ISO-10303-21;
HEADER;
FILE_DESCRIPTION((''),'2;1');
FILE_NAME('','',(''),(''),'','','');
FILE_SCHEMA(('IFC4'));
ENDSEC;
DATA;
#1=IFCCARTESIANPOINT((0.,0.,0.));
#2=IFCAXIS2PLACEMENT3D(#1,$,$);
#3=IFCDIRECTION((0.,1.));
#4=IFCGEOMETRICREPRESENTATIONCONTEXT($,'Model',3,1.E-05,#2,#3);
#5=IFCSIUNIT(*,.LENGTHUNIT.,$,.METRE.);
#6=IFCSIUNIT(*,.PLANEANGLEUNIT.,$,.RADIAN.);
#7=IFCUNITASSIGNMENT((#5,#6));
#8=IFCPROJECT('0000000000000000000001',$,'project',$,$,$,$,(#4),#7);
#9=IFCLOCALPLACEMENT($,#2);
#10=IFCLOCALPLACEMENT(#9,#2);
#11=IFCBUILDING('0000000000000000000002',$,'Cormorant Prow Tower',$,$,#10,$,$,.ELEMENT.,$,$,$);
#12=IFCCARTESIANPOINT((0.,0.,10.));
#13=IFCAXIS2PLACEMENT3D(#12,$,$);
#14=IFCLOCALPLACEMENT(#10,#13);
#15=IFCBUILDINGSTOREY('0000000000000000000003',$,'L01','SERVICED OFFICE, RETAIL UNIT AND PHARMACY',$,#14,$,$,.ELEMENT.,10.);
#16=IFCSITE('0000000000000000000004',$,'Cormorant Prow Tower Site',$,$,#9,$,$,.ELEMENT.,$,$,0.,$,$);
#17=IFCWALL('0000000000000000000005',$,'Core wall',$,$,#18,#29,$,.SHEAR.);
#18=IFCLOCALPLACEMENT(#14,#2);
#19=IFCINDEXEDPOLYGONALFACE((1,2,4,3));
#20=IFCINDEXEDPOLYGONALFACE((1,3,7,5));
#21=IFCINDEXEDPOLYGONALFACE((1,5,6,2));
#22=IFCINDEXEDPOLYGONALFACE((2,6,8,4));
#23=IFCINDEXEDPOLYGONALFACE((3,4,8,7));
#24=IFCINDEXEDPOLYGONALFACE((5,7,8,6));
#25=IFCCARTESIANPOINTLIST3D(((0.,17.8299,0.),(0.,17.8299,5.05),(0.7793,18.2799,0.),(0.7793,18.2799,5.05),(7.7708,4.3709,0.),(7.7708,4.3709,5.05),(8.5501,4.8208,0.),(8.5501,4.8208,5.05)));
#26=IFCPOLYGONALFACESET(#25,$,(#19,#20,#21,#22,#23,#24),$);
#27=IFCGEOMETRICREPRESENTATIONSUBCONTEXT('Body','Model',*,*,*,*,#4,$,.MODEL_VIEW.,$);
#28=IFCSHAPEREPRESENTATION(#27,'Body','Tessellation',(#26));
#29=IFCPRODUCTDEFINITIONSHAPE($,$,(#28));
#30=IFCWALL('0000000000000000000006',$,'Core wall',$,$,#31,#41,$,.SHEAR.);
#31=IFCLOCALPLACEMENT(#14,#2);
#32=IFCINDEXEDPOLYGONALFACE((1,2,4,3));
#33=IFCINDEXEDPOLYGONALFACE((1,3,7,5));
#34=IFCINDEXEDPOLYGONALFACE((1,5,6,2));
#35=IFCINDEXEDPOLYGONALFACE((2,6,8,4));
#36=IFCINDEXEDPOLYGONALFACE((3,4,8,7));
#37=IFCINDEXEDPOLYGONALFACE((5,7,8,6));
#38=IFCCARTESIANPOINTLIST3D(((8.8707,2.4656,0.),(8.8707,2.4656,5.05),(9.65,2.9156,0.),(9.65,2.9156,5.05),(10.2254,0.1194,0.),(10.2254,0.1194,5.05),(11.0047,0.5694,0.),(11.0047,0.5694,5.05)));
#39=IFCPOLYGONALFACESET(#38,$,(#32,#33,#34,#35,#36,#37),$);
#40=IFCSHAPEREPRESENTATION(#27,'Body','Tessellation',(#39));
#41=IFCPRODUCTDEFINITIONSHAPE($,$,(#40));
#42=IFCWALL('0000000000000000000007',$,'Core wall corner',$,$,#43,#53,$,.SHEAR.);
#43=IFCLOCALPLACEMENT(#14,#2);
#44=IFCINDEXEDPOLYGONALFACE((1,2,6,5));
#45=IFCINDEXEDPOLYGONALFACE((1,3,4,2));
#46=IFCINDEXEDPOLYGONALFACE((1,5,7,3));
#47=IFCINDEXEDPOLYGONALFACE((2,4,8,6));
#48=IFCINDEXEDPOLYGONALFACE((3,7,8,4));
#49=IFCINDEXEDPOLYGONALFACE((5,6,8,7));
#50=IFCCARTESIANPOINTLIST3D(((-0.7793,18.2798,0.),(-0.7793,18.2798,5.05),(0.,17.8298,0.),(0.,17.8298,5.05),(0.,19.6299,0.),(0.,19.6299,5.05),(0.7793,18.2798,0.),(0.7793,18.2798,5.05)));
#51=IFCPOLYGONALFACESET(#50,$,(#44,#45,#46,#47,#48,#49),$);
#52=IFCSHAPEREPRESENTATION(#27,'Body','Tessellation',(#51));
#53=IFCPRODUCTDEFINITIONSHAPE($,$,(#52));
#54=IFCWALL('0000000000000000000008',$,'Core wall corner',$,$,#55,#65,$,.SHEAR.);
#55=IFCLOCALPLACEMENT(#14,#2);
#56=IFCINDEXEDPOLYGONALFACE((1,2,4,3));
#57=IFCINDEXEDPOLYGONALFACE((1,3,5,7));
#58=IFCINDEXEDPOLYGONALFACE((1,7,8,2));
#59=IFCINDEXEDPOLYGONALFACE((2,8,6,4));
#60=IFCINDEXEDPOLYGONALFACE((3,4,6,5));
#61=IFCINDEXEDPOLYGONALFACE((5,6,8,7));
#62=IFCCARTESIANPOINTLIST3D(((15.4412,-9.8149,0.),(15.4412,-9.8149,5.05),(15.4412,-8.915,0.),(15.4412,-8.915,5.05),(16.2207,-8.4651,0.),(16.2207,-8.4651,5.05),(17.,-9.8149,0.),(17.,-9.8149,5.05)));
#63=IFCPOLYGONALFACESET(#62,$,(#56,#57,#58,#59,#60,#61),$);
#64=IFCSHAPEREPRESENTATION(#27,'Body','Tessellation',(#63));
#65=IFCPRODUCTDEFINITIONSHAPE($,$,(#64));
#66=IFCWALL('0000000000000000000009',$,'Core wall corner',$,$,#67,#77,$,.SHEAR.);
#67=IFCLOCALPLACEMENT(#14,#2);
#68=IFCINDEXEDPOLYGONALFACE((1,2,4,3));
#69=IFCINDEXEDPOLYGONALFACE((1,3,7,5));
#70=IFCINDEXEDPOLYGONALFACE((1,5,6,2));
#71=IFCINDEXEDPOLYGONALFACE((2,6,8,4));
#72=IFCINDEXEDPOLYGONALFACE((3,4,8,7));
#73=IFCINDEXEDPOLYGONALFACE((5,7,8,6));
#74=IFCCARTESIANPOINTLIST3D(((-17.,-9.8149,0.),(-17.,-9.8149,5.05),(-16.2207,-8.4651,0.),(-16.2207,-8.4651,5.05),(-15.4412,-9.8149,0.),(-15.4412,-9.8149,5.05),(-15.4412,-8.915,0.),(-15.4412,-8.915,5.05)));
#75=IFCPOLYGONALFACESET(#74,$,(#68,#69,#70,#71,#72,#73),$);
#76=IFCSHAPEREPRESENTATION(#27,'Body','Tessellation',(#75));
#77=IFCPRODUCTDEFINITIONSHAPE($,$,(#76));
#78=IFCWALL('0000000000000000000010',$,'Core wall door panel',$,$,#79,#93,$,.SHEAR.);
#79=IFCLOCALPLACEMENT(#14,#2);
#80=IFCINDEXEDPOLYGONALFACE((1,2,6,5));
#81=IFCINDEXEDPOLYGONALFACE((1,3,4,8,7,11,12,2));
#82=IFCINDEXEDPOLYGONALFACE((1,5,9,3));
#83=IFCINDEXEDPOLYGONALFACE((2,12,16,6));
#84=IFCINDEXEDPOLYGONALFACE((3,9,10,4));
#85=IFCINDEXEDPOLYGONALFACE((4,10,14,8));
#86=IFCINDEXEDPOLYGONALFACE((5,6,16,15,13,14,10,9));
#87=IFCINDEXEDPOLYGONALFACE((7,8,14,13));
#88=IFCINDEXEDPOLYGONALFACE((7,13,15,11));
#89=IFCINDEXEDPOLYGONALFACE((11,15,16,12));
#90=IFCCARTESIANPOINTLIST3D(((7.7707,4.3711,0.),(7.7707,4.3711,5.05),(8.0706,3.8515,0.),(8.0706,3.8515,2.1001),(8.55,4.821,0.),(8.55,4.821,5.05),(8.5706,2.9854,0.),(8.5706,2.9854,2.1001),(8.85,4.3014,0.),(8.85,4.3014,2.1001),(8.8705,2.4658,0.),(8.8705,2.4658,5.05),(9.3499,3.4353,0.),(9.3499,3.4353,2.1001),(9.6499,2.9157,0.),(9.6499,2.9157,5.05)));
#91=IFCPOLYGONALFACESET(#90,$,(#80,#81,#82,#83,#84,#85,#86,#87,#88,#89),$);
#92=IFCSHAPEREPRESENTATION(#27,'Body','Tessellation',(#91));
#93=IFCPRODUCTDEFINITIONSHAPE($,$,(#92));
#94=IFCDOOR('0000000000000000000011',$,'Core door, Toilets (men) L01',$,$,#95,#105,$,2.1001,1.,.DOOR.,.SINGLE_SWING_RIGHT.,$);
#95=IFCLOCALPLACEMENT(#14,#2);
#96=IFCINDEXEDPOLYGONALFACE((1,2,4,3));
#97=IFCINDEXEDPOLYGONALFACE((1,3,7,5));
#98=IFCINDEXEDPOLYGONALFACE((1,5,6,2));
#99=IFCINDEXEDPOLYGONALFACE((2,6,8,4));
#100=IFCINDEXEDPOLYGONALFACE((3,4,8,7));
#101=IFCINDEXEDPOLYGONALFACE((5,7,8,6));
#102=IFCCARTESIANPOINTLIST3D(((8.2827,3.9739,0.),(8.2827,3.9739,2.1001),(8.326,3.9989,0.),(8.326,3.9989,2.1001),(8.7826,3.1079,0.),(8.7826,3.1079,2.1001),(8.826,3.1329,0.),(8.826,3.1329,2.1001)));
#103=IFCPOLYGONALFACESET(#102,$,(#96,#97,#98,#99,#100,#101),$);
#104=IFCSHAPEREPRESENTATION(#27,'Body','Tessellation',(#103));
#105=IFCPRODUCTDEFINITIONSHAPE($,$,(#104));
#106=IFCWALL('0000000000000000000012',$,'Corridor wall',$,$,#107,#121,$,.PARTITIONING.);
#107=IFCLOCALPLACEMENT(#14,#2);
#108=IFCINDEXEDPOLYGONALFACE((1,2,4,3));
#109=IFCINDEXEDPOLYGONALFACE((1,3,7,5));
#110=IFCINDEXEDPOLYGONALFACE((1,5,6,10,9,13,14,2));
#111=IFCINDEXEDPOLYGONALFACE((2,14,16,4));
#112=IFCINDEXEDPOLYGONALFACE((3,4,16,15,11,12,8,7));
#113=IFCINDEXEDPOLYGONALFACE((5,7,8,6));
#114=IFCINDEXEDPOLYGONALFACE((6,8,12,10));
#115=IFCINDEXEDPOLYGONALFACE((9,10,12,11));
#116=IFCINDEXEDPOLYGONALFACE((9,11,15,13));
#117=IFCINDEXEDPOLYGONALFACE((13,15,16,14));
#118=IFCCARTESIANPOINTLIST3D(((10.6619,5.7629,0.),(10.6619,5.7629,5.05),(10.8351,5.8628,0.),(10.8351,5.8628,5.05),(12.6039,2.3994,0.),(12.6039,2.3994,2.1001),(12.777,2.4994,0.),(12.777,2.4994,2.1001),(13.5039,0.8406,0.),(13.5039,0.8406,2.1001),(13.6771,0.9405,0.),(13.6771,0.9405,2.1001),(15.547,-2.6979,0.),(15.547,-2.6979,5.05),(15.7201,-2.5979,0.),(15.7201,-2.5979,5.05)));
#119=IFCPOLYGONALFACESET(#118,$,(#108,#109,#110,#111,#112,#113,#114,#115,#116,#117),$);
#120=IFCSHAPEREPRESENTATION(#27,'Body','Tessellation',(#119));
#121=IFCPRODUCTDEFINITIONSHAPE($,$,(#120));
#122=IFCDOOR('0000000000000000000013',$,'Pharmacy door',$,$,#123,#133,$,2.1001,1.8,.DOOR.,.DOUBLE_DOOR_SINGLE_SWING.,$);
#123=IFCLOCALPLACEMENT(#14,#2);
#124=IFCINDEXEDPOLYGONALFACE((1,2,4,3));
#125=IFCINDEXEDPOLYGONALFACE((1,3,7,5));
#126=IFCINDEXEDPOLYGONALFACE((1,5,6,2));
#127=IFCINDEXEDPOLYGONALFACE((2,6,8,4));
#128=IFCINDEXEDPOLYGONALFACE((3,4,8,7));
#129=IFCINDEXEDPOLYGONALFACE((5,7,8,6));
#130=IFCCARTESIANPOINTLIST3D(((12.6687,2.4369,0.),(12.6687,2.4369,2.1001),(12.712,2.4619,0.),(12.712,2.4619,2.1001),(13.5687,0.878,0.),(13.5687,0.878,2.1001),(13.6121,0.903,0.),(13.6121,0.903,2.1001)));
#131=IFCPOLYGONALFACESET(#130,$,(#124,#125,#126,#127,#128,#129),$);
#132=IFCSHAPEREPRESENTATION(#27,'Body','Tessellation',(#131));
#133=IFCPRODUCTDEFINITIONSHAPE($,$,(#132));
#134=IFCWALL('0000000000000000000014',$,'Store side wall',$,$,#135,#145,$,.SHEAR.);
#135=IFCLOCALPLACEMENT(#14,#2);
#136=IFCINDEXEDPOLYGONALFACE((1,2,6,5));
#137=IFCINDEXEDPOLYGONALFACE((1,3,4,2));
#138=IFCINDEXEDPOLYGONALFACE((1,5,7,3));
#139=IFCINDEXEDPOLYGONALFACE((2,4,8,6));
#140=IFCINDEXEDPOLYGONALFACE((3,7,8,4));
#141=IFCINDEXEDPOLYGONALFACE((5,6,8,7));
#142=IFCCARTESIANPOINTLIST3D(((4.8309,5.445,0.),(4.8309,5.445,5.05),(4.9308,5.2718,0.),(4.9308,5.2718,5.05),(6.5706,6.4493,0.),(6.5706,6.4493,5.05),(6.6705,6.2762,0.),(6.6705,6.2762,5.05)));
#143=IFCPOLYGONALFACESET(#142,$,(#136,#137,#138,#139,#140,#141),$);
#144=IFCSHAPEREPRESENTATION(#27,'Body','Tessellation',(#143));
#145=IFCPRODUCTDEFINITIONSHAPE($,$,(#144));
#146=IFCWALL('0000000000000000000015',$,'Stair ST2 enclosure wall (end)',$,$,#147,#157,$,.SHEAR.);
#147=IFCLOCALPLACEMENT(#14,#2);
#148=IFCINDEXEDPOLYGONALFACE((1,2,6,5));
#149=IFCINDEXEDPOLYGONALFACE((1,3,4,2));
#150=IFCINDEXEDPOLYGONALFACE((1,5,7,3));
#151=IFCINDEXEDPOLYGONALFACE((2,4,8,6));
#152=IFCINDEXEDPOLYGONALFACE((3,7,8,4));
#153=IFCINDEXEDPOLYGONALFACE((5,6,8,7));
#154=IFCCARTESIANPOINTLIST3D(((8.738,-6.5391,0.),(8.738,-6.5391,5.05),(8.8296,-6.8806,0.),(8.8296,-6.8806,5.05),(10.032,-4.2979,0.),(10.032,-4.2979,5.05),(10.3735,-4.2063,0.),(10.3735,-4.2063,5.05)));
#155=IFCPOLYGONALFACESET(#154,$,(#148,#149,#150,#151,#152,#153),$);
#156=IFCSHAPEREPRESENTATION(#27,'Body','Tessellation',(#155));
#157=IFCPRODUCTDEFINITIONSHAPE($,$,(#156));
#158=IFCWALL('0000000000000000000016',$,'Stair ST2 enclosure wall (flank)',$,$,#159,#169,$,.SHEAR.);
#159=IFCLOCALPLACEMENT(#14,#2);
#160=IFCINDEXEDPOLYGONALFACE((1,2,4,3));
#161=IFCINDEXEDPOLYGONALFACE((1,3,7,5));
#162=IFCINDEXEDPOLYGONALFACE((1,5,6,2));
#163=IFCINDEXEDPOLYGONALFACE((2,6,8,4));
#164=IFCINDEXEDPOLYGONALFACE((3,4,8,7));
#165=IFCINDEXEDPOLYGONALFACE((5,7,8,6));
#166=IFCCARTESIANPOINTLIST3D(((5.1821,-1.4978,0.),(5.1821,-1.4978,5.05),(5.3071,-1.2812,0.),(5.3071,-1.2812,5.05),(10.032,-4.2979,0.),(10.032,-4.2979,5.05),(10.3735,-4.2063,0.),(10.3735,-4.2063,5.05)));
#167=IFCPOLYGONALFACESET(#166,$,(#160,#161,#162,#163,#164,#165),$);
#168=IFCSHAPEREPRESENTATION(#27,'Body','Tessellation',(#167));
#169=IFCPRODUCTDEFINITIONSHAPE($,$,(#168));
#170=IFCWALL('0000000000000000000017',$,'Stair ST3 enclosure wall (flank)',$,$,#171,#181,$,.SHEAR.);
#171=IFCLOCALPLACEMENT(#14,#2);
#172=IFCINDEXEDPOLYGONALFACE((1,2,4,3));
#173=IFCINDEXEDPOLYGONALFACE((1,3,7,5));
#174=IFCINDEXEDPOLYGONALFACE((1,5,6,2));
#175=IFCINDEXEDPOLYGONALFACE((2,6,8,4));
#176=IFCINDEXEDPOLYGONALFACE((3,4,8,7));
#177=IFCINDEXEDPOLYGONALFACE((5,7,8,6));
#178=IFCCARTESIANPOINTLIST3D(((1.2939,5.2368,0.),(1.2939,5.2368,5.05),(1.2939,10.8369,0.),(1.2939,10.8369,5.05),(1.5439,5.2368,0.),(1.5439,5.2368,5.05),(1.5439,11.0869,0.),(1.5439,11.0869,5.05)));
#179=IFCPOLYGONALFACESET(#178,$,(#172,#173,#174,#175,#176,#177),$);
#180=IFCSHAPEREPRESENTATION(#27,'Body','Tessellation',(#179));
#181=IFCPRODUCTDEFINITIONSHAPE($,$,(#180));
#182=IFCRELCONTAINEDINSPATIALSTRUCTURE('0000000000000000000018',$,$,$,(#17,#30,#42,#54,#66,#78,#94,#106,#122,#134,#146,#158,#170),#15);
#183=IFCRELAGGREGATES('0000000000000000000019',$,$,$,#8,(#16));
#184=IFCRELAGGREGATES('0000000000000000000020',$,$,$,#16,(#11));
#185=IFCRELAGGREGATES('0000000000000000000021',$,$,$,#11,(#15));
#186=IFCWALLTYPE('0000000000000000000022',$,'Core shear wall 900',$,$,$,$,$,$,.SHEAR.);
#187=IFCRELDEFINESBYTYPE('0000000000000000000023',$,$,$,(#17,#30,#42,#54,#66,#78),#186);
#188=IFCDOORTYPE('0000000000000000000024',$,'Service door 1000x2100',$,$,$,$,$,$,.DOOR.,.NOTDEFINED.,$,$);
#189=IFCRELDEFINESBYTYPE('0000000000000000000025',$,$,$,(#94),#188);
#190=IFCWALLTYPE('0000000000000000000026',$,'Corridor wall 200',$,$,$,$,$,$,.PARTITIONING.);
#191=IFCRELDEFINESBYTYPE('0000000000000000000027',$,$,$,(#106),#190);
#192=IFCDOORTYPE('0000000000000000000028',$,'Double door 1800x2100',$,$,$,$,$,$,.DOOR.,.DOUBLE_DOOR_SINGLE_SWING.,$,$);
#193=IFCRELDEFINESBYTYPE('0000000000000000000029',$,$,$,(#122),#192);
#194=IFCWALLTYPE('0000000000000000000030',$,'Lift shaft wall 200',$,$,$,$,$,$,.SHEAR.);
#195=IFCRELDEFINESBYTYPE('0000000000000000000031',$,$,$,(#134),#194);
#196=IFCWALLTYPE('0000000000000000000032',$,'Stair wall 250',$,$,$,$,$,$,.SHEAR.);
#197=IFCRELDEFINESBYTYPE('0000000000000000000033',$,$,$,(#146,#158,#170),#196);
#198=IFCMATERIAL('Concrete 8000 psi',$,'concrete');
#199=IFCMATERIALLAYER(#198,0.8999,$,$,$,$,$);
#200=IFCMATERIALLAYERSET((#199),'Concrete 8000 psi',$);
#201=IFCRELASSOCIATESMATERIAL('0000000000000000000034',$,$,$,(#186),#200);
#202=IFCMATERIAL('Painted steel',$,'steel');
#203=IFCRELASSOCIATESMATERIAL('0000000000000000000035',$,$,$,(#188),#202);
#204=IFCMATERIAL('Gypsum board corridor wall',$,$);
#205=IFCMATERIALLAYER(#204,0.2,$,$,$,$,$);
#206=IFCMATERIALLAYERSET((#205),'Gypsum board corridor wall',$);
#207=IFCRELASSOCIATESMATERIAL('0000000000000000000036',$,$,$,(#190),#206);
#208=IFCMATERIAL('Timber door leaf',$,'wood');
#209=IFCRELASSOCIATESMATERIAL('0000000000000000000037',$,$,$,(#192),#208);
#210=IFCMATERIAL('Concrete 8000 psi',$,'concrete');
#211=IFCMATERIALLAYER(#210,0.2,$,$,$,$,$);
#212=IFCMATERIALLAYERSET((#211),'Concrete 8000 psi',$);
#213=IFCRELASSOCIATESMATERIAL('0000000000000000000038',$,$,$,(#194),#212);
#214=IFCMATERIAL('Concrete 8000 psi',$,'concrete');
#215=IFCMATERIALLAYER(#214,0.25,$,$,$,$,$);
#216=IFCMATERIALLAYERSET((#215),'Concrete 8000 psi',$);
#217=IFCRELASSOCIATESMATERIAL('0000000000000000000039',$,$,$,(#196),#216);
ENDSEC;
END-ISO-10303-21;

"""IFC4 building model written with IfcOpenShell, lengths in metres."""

from ifc_helpers import new_model, si_unit, direction, frame, frame_2d, origin, place, context, subcontext, project, spatial, polyline, rectangle, outline, extrude, material, layer, layer_set, type_object, element, fill, save


model = new_model("IFC4")

# Units and contexts
model_context = context("Model", 3, precision=1e-05, world=origin(), true_north=direction((0.0, 1.0)))
body_context = subcontext(model_context, "Body", "Model", "MODEL_VIEW")
ifc_project = project(units=[si_unit("LENGTHUNIT", "METRE"), si_unit("PLANEANGLEUNIT", "RADIAN")], contexts=[model_context])

# Site, building, storey
site_placement = place(None, origin())
site = spatial("IfcSite", under=ifc_project, at=site_placement, Name="Cormorant Prow Tower Site", CompositionType="ELEMENT", RefElevation=0.0)
building_placement = place(site_placement, origin())
building = spatial("IfcBuilding", under=site, at=building_placement, Name="Cormorant Prow Tower", CompositionType="ELEMENT")
storey_placement = place(building_placement, frame((0.0, 0.0, 10.0)))
storey = spatial("IfcBuildingStorey", under=building, at=storey_placement, Name="L01", Description="SERVICED OFFICE, RETAIL UNIT AND PHARMACY", CompositionType="ELEMENT", Elevation=10.0)

# Walls
ifc_material_1 = material(Name="Concrete 8000 psi", Category="concrete")
ifc_layer_1 = layer(ifc_material_1, 0.8999)
ifc_layer_set_1 = layer_set([ifc_layer_1], Name="Concrete 8000 psi")
wall_type_1 = type_object("IfcWallType", Name="Core shear wall 900", PredefinedType="SHEAR", material=ifc_layer_set_1)
wall_1_placement = place(storey_placement, frame((8.1604, 4.5959, 0.0), z_axis=(0.0, 0.0, 1.0), x_axis=(-0.50001, 0.86602, 0.0)))
element("IfcWall", 1, at=wall_1_placement, inside=storey, type_object=wall_type_1, Name="Core wall", PredefinedType="SHEAR", context=body_context, shape_type="SweptSolid", body=[
    extrude(rectangle(XDim=15.5413, YDim=0.8999, at=frame_2d((7.7705, 0.0))), origin(), (0.0, 0.0, 1.0), 5.05),
])
wall_2_placement = place(storey_placement, frame((10.615, 0.3445, 0.0), z_axis=(0.0, 0.0, 1.0), x_axis=(-0.500045, 0.865999, 0.0)))
element("IfcWall", 2, at=wall_2_placement, inside=storey, type_object=wall_type_1, Name="Core wall", PredefinedType="SHEAR", context=body_context, shape_type="SweptSolid", body=[
    extrude(rectangle(XDim=2.7092, YDim=0.8999, at=frame_2d((1.3545, 0.0))), origin(), (0.0, 0.0, 1.0), 5.05),
])
wall_3_placement = place(storey_placement, origin())
element("IfcWall", 3, at=wall_3_placement, inside=storey, type_object=wall_type_1, Name="Core wall corner", PredefinedType="SHEAR", context=body_context, shape_type="SweptSolid", body=[
    extrude(outline(polyline([(-0.7793, 18.2798), (0.0, 19.6299), (0.7793, 18.2798), (0.0, 17.8298), (-0.7793, 18.2798)])), origin(), (0.0, 0.0, 1.0), 5.05),
])
wall_4_placement = place(storey_placement, origin())
element("IfcWall", 4, at=wall_4_placement, inside=storey, type_object=wall_type_1, Name="Core wall corner", PredefinedType="SHEAR", context=body_context, shape_type="SweptSolid", body=[
    extrude(outline(polyline([(15.4412, -9.8149), (15.4412, -8.915), (16.2207, -8.4651), (17.0, -9.8149), (15.4412, -9.8149)])), origin(), (0.0, 0.0, 1.0), 5.05),
])
wall_5_placement = place(storey_placement, origin())
element("IfcWall", 5, at=wall_5_placement, inside=storey, type_object=wall_type_1, Name="Core wall corner", PredefinedType="SHEAR", context=body_context, shape_type="SweptSolid", body=[
    extrude(outline(polyline([(-16.2207, -8.4651), (-15.4412, -8.915), (-15.4412, -9.8149), (-17.0, -9.8149), (-16.2207, -8.4651)])), origin(), (0.0, 0.0, 1.0), 5.05),
])

# Walls, openings, doors
wall_6_placement = place(storey_placement, frame((9.2603, 2.6907, 0.0), z_axis=(0.0, 0.0, 1.0), x_axis=(-0.499947, 0.866056, 0.0)))
wall_6 = element("IfcWall", 6, at=wall_6_placement, inside=storey, type_object=wall_type_1, Name="Core wall door panel", PredefinedType="SHEAR", context=body_context, shape_type="SweptSolid", body=[
    extrude(rectangle(XDim=2.2, YDim=0.8999, at=frame_2d((1.1001, 0.0))), origin(), (0.0, 0.0, 1.0), 5.05),
])
opening_1_placement = place(wall_6_placement, frame((0.6001, 0.0, 0.0)))
opening_1 = element("IfcOpeningElement", 7, at=opening_1_placement, cuts=wall_6, PredefinedType="OPENING", context=body_context, shape_type="SweptSolid", body=[
    extrude(rectangle(XDim=1.0, YDim=2.1001, at=frame_2d((0.5, 1.05))), frame((0.0, 0.46, 0.0), z_axis=(0.0, -1.0, 0.0), x_axis=(1.0, 0.0, 0.0)), (0.0, 0.0, 1.0), 0.9199),
])
ifc_material_2 = material(Name="Painted steel", Category="steel")
door_type_1 = type_object("IfcDoorType", Name="Service door 1000x2100", OperationType="NOTDEFINED", PredefinedType="DOOR", material=ifc_material_2)
door_1_placement = place(opening_1_placement, origin())
door_1 = element("IfcDoor", 8, at=door_1_placement, inside=storey, type_object=door_type_1, Name="Core door, Toilets (men) L01", OperationType="SINGLE_SWING_RIGHT", OverallHeight=2.1001, OverallWidth=1.0, PredefinedType="DOOR", context=body_context, shape_type="SweptSolid", body=[
    extrude(rectangle(XDim=1.0, YDim=2.1001, at=frame_2d((0.5, 1.05))), frame((0.0, 0.2051, 0.0), z_axis=(0.0, -1.0, 0.0), x_axis=(1.0, 0.0, 0.0)), (0.0, 0.0, 1.0), 0.05),
])
fill(opening_1, door_1)
ifc_material_3 = material(Name="Gypsum board corridor wall")
ifc_layer_2 = layer(ifc_material_3, 0.2)
ifc_layer_set_2 = layer_set([ifc_layer_2], Name="Gypsum board corridor wall")
wall_type_2 = type_object("IfcWallType", Name="Corridor wall 200", PredefinedType="PARTITIONING", material=ifc_layer_set_2)
wall_7_placement = place(storey_placement, frame((10.7485, 5.8127, 0.0), z_axis=(0.0, 0.0, 1.0), x_axis=(0.500017, -0.866015, 0.0)))
wall_7 = element("IfcWall", 9, at=wall_7_placement, inside=storey, type_object=wall_type_2, Name="Corridor wall", PredefinedType="PARTITIONING", context=body_context, shape_type="SweptSolid", body=[
    extrude(rectangle(XDim=9.7698, YDim=0.2, at=frame_2d((4.8848, 0.0))), origin(), (0.0, 0.0, 1.0), 5.05),
])
opening_2_placement = place(wall_7_placement, frame((3.8838, 0.0, 0.0)))
opening_2 = element("IfcOpeningElement", 10, at=opening_2_placement, cuts=wall_7, PredefinedType="OPENING", context=body_context, shape_type="SweptSolid", body=[
    extrude(rectangle(XDim=1.8, YDim=2.1001, at=frame_2d((0.8999, 1.05))), frame((0.0, 0.1099, 0.0), z_axis=(0.0, -1.0, 0.0), x_axis=(1.0, 0.0, 0.0)), (0.0, 0.0, 1.0), 0.22),
])
ifc_material_4 = material(Name="Timber door leaf", Category="wood")
door_type_2 = type_object("IfcDoorType", Name="Double door 1800x2100", OperationType="DOUBLE_DOOR_SINGLE_SWING", PredefinedType="DOOR", material=ifc_material_4)
door_2_placement = place(opening_2_placement, origin())
door_2 = element("IfcDoor", 11, at=door_2_placement, inside=storey, type_object=door_type_2, Name="Pharmacy door", OperationType="DOUBLE_DOOR_SINGLE_SWING", OverallHeight=2.1001, OverallWidth=1.8, PredefinedType="DOOR", context=body_context, shape_type="SweptSolid", body=[
    extrude(rectangle(XDim=1.8, YDim=2.1001, at=frame_2d((0.8999, 1.05))), frame((0.0, 0.0249, 0.0), z_axis=(0.0, -1.0, 0.0), x_axis=(1.0, 0.0, 0.0)), (0.0, 0.0, 1.0), 0.05),
])
fill(opening_2, door_2)

# Walls
ifc_material_5 = material(Name="Concrete 8000 psi", Category="concrete")
ifc_layer_3 = layer(ifc_material_5, 0.2)
ifc_layer_set_3 = layer_set([ifc_layer_3], Name="Concrete 8000 psi")
wall_type_3 = type_object("IfcWallType", Name="Lift shaft wall 200", PredefinedType="SHEAR", material=ifc_layer_set_3)
wall_8_placement = place(storey_placement, frame((4.8809, 5.3584, 0.0), z_axis=(0.0, 0.0, 1.0), x_axis=(0.866036, 0.499982, 0.0)))
element("IfcWall", 12, at=wall_8_placement, inside=storey, type_object=wall_type_3, Name="Store side wall", PredefinedType="SHEAR", context=body_context, shape_type="SweptSolid", body=[
    extrude(rectangle(XDim=2.0088, YDim=0.2, at=frame_2d((1.0044, 0.0))), origin(), (0.0, 0.0, 1.0), 5.05),
])
ifc_material_6 = material(Name="Concrete 8000 psi", Category="concrete")
ifc_layer_4 = layer(ifc_material_6, 0.25)
ifc_layer_set_4 = layer_set([ifc_layer_4], Name="Concrete 8000 psi")
wall_type_4 = type_object("IfcWallType", Name="Stair wall 250", PredefinedType="SHEAR", material=ifc_layer_set_4)
wall_9_placement = place(storey_placement, origin())
element("IfcWall", 13, at=wall_9_placement, inside=storey, type_object=wall_type_4, Name="Stair ST2 enclosure wall (end)", PredefinedType="SHEAR", context=body_context, shape_type="SweptSolid", body=[
    extrude(outline(polyline([(8.8296, -6.8806), (10.3735, -4.2063), (10.032, -4.2979), (8.738, -6.5391), (8.8296, -6.8806)])), origin(), (0.0, 0.0, 1.0), 5.05),
])
wall_10_placement = place(storey_placement, origin())
element("IfcWall", 14, at=wall_10_placement, inside=storey, type_object=wall_type_4, Name="Stair ST2 enclosure wall (flank)", PredefinedType="SHEAR", context=body_context, shape_type="SweptSolid", body=[
    extrude(outline(polyline([(10.032, -4.2979), (10.3735, -4.2063), (5.3071, -1.2812), (5.1821, -1.4978), (10.032, -4.2979)])), origin(), (0.0, 0.0, 1.0), 5.05),
])
wall_11_placement = place(storey_placement, origin())
element("IfcWall", 15, at=wall_11_placement, inside=storey, type_object=wall_type_4, Name="Stair ST3 enclosure wall (flank)", PredefinedType="SHEAR", context=body_context, shape_type="SweptSolid", body=[
    extrude(outline(polyline([(1.5439, 5.2368), (1.5439, 11.0869), (1.2939, 10.8369), (1.2939, 5.2368), (1.5439, 5.2368)])), origin(), (0.0, 0.0, 1.0), 5.05),
])

save(model, "model.ifc")
